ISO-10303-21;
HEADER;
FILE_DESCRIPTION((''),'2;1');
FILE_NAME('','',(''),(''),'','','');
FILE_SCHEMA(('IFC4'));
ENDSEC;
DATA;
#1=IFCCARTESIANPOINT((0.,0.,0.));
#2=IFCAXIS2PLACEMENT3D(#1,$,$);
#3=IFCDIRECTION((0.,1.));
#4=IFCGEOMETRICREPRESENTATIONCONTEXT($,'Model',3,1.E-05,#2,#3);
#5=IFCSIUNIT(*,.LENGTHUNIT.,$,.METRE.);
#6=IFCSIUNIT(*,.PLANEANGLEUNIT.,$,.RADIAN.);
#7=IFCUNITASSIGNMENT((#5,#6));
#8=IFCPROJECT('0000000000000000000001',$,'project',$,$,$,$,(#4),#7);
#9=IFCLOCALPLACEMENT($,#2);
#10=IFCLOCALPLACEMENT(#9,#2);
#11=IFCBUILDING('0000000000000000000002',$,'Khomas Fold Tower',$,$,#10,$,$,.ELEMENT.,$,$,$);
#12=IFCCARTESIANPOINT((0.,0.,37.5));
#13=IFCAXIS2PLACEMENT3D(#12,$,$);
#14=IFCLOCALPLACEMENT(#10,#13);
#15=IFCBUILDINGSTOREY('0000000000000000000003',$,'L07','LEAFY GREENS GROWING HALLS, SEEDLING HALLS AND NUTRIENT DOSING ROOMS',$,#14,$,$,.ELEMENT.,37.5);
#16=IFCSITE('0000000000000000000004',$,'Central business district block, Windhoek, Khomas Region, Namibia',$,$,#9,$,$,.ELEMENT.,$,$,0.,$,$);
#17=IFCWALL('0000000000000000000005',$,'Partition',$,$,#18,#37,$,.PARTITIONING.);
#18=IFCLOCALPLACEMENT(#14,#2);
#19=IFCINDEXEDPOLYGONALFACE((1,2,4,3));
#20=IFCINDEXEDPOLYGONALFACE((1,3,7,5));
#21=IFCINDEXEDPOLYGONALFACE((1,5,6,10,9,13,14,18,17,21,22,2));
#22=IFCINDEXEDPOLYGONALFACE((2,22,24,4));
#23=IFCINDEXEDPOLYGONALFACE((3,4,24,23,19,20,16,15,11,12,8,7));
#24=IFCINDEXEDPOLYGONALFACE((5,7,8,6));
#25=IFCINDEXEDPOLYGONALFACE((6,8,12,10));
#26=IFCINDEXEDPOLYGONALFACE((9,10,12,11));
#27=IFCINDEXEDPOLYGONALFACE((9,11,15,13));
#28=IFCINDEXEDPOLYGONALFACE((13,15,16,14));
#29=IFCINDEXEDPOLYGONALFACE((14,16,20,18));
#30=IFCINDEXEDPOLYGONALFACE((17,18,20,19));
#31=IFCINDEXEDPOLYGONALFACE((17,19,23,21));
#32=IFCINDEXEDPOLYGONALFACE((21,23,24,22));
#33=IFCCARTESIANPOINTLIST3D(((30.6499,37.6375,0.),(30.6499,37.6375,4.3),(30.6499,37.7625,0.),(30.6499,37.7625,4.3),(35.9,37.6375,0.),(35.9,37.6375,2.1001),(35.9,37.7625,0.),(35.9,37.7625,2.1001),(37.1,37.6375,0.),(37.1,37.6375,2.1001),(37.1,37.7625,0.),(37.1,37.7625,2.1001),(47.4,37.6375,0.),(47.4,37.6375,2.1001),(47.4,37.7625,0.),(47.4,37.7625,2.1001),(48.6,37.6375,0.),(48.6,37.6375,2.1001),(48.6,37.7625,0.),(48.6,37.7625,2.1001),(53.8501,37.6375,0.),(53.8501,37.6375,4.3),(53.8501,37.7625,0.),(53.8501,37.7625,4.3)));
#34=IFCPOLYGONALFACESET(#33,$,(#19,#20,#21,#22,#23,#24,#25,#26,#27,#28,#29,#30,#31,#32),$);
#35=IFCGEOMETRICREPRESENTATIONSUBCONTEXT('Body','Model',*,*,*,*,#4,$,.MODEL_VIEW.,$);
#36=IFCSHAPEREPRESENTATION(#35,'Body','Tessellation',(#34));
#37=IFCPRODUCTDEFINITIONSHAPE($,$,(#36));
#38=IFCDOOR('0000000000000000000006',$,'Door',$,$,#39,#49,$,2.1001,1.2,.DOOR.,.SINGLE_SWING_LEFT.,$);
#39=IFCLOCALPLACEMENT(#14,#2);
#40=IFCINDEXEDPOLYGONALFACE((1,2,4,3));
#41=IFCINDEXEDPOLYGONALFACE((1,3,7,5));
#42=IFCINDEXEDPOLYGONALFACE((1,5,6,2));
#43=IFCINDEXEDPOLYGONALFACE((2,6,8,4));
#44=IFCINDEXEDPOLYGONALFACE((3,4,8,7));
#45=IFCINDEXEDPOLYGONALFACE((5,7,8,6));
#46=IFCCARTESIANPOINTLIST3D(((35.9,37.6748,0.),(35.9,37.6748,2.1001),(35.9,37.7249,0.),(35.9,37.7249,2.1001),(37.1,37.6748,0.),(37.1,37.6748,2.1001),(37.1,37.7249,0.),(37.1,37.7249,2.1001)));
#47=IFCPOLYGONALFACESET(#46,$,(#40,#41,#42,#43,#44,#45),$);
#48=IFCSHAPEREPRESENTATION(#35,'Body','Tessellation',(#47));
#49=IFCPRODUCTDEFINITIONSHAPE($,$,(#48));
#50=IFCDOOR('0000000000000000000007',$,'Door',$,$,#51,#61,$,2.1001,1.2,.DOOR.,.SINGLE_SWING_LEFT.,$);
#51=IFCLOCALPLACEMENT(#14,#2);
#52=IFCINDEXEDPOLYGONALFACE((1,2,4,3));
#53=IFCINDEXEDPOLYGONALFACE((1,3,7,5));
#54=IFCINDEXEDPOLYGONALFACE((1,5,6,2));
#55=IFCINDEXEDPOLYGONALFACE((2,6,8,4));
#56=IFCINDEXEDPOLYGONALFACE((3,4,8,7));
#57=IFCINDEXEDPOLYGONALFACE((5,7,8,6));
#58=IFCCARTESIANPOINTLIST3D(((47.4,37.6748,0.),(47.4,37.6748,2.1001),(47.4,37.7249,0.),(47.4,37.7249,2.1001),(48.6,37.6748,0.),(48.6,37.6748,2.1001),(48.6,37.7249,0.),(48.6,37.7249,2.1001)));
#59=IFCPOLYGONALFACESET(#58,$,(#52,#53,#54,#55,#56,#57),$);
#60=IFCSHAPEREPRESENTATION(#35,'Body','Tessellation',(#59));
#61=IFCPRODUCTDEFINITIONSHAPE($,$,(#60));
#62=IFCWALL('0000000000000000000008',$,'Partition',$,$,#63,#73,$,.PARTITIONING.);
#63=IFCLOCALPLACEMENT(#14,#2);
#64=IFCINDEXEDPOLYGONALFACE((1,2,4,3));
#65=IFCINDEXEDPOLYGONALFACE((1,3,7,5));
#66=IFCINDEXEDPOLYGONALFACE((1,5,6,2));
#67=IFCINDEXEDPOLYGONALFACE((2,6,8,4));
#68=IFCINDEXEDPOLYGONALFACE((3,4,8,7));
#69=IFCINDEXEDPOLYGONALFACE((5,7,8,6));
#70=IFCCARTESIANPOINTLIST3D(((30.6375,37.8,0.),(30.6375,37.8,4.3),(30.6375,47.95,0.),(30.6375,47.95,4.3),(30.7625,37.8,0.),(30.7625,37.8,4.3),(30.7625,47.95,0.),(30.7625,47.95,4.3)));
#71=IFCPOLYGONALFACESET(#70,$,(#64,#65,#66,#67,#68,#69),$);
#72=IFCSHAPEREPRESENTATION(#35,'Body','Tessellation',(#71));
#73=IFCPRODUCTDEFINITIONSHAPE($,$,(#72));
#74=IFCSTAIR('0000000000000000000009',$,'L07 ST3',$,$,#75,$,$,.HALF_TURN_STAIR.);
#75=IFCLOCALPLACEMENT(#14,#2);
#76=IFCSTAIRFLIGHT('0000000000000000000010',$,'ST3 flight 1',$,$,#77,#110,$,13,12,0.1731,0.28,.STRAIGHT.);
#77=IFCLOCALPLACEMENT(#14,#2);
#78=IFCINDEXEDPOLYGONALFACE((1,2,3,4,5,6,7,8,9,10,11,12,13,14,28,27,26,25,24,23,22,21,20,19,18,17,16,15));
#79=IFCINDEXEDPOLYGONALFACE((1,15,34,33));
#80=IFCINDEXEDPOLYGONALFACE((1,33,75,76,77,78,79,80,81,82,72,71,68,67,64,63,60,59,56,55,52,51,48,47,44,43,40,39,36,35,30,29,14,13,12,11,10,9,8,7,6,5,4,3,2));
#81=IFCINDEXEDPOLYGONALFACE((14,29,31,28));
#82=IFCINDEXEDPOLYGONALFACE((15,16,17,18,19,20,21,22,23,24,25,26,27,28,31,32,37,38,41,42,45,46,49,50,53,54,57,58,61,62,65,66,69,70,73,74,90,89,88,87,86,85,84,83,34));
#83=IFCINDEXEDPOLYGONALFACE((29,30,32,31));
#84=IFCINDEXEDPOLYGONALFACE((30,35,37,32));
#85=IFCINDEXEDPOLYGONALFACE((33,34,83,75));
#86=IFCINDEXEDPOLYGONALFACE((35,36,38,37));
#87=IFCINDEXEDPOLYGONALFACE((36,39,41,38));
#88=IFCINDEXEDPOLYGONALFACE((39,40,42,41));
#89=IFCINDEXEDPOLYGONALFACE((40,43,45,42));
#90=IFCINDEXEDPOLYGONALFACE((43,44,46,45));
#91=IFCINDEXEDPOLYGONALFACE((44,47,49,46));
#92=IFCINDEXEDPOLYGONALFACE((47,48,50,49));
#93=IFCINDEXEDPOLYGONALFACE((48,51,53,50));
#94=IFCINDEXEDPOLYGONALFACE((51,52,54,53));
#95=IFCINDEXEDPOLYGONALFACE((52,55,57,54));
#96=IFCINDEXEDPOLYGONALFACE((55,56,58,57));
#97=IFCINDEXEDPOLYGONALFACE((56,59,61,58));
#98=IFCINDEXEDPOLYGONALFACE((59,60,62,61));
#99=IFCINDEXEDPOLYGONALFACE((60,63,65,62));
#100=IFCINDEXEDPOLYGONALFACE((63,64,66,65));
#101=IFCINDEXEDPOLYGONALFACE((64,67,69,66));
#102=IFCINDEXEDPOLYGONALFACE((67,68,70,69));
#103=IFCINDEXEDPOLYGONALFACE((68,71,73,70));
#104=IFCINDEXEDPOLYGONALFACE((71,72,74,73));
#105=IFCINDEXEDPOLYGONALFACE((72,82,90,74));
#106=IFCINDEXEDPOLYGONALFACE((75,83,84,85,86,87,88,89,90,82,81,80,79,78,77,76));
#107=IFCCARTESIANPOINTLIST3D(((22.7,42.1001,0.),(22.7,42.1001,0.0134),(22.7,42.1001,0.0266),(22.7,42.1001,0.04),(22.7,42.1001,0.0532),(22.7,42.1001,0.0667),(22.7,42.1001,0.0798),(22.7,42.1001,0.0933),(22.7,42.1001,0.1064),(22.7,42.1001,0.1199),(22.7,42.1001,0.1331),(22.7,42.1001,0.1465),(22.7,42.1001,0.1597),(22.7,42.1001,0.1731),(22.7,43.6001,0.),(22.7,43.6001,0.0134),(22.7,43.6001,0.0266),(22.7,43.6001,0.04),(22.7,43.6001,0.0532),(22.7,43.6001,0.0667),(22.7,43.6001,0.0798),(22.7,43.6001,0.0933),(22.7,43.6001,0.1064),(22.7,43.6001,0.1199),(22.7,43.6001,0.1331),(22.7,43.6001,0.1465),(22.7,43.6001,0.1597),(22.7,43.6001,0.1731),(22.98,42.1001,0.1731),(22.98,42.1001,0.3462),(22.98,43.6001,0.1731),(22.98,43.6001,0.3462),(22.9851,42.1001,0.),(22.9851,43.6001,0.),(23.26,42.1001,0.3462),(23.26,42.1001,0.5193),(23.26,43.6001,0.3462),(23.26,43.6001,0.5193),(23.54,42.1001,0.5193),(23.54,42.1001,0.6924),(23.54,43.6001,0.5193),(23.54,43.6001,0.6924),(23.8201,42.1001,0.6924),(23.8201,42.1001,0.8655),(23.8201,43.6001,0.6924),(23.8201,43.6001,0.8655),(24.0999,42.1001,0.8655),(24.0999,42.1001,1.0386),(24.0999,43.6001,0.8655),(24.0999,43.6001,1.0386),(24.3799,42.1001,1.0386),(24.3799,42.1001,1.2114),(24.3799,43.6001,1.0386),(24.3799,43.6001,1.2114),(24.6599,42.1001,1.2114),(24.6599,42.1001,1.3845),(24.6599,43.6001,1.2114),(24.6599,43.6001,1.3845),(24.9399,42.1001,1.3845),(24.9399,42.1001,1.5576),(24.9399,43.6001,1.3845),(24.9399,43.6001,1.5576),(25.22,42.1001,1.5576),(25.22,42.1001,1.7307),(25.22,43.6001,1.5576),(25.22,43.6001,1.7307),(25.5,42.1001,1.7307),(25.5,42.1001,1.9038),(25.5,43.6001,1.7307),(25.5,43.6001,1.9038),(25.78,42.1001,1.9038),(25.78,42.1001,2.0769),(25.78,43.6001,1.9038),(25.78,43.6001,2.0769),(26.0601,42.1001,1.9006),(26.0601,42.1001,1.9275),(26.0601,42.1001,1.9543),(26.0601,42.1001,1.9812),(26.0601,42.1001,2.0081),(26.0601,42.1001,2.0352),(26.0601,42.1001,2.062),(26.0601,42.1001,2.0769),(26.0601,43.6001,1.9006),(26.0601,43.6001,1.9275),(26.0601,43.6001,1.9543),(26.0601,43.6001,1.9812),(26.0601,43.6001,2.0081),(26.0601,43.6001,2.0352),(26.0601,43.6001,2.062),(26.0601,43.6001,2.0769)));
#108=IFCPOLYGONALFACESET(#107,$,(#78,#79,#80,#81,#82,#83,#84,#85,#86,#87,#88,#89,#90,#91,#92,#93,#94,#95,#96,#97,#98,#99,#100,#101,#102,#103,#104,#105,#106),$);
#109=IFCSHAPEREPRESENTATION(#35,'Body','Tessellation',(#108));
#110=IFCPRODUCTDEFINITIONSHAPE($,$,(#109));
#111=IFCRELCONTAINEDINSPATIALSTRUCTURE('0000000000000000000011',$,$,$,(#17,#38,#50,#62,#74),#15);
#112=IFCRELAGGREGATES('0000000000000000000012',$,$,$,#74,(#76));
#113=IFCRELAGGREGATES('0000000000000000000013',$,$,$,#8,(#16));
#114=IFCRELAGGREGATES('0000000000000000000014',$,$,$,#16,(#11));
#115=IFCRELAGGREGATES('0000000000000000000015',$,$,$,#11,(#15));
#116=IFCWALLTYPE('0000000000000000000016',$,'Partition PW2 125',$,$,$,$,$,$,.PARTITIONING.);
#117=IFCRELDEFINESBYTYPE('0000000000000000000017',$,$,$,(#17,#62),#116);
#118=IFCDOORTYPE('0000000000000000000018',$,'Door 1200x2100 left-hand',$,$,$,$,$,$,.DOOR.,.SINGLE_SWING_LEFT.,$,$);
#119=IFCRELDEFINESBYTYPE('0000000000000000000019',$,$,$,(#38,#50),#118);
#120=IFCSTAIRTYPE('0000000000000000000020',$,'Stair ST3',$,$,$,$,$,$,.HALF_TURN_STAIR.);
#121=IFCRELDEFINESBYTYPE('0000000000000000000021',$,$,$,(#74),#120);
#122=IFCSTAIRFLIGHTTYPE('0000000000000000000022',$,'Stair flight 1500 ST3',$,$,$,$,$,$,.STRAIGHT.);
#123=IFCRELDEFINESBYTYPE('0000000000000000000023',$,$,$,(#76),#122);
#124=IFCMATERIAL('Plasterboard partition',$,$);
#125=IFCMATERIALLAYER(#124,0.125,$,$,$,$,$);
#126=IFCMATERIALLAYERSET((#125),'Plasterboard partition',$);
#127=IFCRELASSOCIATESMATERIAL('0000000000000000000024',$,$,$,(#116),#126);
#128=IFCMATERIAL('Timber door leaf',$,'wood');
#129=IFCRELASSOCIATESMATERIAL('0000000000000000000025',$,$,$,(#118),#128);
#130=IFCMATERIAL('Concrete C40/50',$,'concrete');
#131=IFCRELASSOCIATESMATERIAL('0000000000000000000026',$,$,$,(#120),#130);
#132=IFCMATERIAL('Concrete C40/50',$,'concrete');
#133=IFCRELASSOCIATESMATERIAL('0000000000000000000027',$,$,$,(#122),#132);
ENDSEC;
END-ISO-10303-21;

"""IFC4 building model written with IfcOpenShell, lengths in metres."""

from ifc_helpers import new_model, si_unit, direction, frame, frame_2d, origin, place, context, subcontext, project, spatial, polyline, rectangle, outline, extrude, source, transform, mapped, material, layer, layer_set, type_object, element, fill, aggregate, save


model = new_model("IFC4")

# Units and contexts
model_context = context("Model", 3, precision=1e-05, world=origin(), true_north=direction((0.0, 1.0)))
body_context = subcontext(model_context, "Body", "Model", "MODEL_VIEW")
ifc_project = project(units=[si_unit("LENGTHUNIT", "METRE"), si_unit("PLANEANGLEUNIT", "RADIAN")], contexts=[model_context])

# Site, building, storey
site_placement = place(None, origin())
site = spatial("IfcSite", under=ifc_project, at=site_placement, Name="Central business district block, Windhoek, Khomas Region, Namibia", CompositionType="ELEMENT", RefElevation=0.0)
building_placement = place(site_placement, origin())
building = spatial("IfcBuilding", under=site, at=building_placement, Name="Khomas Fold Tower", CompositionType="ELEMENT")
storey_placement = place(building_placement, frame((0.0, 0.0, 37.5)))
storey = spatial("IfcBuildingStorey", under=building, at=storey_placement, Name="L07", Description="LEAFY GREENS GROWING HALLS, SEEDLING HALLS AND NUTRIENT DOSING ROOMS", CompositionType="ELEMENT", Elevation=37.5)

# Shared definitions
ifc_material_1 = material(Name="Plasterboard partition")
ifc_layer_1 = layer(ifc_material_1, 0.125)
ifc_layer_set_1 = layer_set([ifc_layer_1], Name="Plasterboard partition")
wall_type_1 = type_object("IfcWallType", Name="Partition PW2 125", PredefinedType="PARTITIONING", material=ifc_layer_set_1)
shared_shape_1 = source(origin(), body_context, "Body", "SweptSolid", [
    extrude(rectangle(XDim=1.2, YDim=2.1001, at=frame_2d((0.6001, 1.05))), frame((0.0, 0.0725, 0.0), z_axis=(0.0, -1.0, 0.0), x_axis=(1.0, 0.0, 0.0)), (0.0, 0.0, 1.0), 0.145),
])
shared_shape_2 = source(origin(), body_context, "Body", "SweptSolid", [
    extrude(rectangle(XDim=1.2, YDim=2.1001, at=frame_2d((0.6001, 1.05))), frame((0.0, 0.0249, 0.0), z_axis=(0.0, -1.0, 0.0), x_axis=(1.0, 0.0, 0.0)), (0.0, 0.0, 1.0), 0.05),
])

# Wall, openings, doors
shared_shape_3 = source(origin(), body_context, "Body", "SweptSolid", [
    extrude(rectangle(XDim=23.2002, YDim=0.125, at=frame_2d((11.6001, 0.0))), origin(), (0.0, 0.0, 1.0), 4.3),
])
wall_1_placement = place(storey_placement, frame((30.6499, 37.7, 0.0), z_axis=(0.0, 0.0, 1.0), x_axis=(1.0, 0.0, 0.0)))
wall_1 = element("IfcWall", 1, at=wall_1_placement, inside=storey, type_object=wall_type_1, Name="Partition", PredefinedType="PARTITIONING", context=body_context, shape_type="MappedRepresentation", body=[
    mapped(shared_shape_3, transform((0.0, 0.0, 0.0))),
])
opening_1_placement = place(wall_1_placement, frame((5.25, 0.0, 0.0)))
opening_1 = element("IfcOpeningElement", 2, at=opening_1_placement, cuts=wall_1, PredefinedType="OPENING", context=body_context, shape_type="MappedRepresentation", body=[
    mapped(shared_shape_1, transform((0.0, 0.0, 0.0))),
])
opening_2_placement = place(wall_1_placement, frame((16.75, 0.0, 0.0)))
opening_2 = element("IfcOpeningElement", 3, at=opening_2_placement, cuts=wall_1, PredefinedType="OPENING", context=body_context, shape_type="MappedRepresentation", body=[
    mapped(shared_shape_1, transform((0.0, 0.0, 0.0))),
])
ifc_material_2 = material(Name="Timber door leaf", Category="wood")
door_type_1 = type_object("IfcDoorType", Name="Door 1200x2100 left-hand", OperationType="SINGLE_SWING_LEFT", PredefinedType="DOOR", material=ifc_material_2)
door_1_placement = place(opening_1_placement, origin())
door_1 = element("IfcDoor", 4, at=door_1_placement, inside=storey, type_object=door_type_1, Name="Door", OperationType="SINGLE_SWING_LEFT", OverallHeight=2.1001, OverallWidth=1.2, PredefinedType="DOOR", context=body_context, shape_type="MappedRepresentation", body=[
    mapped(shared_shape_2, transform((0.0, 0.0, 0.0))),
])
fill(opening_1, door_1)
door_2_placement = place(opening_2_placement, origin())
door_2 = element("IfcDoor", 5, at=door_2_placement, inside=storey, type_object=door_type_1, Name="Door", OperationType="SINGLE_SWING_LEFT", OverallHeight=2.1001, OverallWidth=1.2, PredefinedType="DOOR", context=body_context, shape_type="MappedRepresentation", body=[
    mapped(shared_shape_2, transform((0.0, 0.0, 0.0))),
])
fill(opening_2, door_2)

# Wall
shared_shape_4 = source(origin(), body_context, "Body", "SweptSolid", [
    extrude(rectangle(XDim=10.1499, YDim=0.125, at=frame_2d((5.075, 0.0))), origin(), (0.0, 0.0, 1.0), 4.3),
])
wall_2_placement = place(storey_placement, frame((30.7, 37.8, 0.0), z_axis=(0.0, 0.0, 1.0), x_axis=(0.0, 1.0, 0.0)))
element("IfcWall", 6, at=wall_2_placement, inside=storey, type_object=wall_type_1, Name="Partition", PredefinedType="PARTITIONING", context=body_context, shape_type="MappedRepresentation", body=[
    mapped(shared_shape_4, transform((0.0, 0.0, 0.0))),
])

# Stair, stair flight
ifc_material_3 = material(Name="Concrete C40/50", Category="concrete")
stair_type = type_object("IfcStairType", Name="Stair ST3", PredefinedType="HALF_TURN_STAIR", material=ifc_material_3)
stair_placement = place(storey_placement, origin())
stair = element("IfcStair", 7, at=stair_placement, inside=storey, type_object=stair_type, Name="L07 ST3", PredefinedType="HALF_TURN_STAIR")
ifc_material_4 = material(Name="Concrete C40/50", Category="concrete")
stair_flight_type = type_object("IfcStairFlightType", Name="Stair flight 1500 ST3", PredefinedType="STRAIGHT", material=ifc_material_4)
shared_shape_5 = source(origin(), body_context, "Body", "SweptSolid", [
    extrude(outline(polyline([(0.0, 0.0), (0.0, 0.0134), (0.0, 0.0266), (0.0, 0.04), (0.0, 0.0532), (0.0, 0.0667), (0.0, 0.0798), (0.0, 0.0933), (0.0, 0.1064), (0.0, 0.1199), (0.0, 0.1331), (0.0, 0.1465), (0.0, 0.1597), (0.0, 0.1731), (0.28, 0.1731), (0.28, 0.3462), (0.5601, 0.3462), (0.5601, 0.5193), (0.8401, 0.5193), (0.8401, 0.6924), (1.1201, 0.6924), (1.1201, 0.8655), (1.3999, 0.8655), (1.3999, 1.0386), (1.6799, 1.0386), (1.6799, 1.2114), (1.96, 1.2114), (1.96, 1.3845), (2.24, 1.3845), (2.24, 1.5576), (2.52, 1.5576), (2.52, 1.7307), (2.8, 1.7307), (2.8, 1.9038), (3.0801, 1.9038), (3.0801, 2.0769), (3.3601, 2.0769), (3.3601, 2.25), (3.3601, 2.2231), (3.3601, 2.1963), (3.3601, 2.1694), (3.3601, 2.1426), (3.3601, 2.1157), (3.3601, 2.0889), (3.3601, 2.062), (3.3601, 2.0352), (3.3601, 2.0081), (3.3601, 1.9812), (3.3601, 1.9543), (3.3601, 1.9275), (3.3601, 1.9006), (0.2852, 0.0), (0.0, 0.0)])), frame((0.0, 0.75, 0.0), z_axis=(0.0, -1.0, 0.0), x_axis=(1.0, 0.0, 0.0)), (0.0, 0.0, 1.0), 1.5),
])
stair_flight_placement = place(storey_placement, frame((22.7, 42.8501, 0.0), z_axis=(0.0, 0.0, 1.0), x_axis=(1.0, 0.0, 0.0)))
stair_flight = element("IfcStairFlight", 8, at=stair_flight_placement, type_object=stair_flight_type, Name="ST3 flight 1", NumberOfRisers=13, NumberOfTreads=12, PredefinedType="STRAIGHT", RiserHeight=0.1731, TreadLength=0.28, context=body_context, shape_type="MappedRepresentation", body=[
    mapped(shared_shape_5, transform((0.0, 0.0, 0.0))),
])
aggregate(stair, [stair_flight])

save(model, "model.ifc")
